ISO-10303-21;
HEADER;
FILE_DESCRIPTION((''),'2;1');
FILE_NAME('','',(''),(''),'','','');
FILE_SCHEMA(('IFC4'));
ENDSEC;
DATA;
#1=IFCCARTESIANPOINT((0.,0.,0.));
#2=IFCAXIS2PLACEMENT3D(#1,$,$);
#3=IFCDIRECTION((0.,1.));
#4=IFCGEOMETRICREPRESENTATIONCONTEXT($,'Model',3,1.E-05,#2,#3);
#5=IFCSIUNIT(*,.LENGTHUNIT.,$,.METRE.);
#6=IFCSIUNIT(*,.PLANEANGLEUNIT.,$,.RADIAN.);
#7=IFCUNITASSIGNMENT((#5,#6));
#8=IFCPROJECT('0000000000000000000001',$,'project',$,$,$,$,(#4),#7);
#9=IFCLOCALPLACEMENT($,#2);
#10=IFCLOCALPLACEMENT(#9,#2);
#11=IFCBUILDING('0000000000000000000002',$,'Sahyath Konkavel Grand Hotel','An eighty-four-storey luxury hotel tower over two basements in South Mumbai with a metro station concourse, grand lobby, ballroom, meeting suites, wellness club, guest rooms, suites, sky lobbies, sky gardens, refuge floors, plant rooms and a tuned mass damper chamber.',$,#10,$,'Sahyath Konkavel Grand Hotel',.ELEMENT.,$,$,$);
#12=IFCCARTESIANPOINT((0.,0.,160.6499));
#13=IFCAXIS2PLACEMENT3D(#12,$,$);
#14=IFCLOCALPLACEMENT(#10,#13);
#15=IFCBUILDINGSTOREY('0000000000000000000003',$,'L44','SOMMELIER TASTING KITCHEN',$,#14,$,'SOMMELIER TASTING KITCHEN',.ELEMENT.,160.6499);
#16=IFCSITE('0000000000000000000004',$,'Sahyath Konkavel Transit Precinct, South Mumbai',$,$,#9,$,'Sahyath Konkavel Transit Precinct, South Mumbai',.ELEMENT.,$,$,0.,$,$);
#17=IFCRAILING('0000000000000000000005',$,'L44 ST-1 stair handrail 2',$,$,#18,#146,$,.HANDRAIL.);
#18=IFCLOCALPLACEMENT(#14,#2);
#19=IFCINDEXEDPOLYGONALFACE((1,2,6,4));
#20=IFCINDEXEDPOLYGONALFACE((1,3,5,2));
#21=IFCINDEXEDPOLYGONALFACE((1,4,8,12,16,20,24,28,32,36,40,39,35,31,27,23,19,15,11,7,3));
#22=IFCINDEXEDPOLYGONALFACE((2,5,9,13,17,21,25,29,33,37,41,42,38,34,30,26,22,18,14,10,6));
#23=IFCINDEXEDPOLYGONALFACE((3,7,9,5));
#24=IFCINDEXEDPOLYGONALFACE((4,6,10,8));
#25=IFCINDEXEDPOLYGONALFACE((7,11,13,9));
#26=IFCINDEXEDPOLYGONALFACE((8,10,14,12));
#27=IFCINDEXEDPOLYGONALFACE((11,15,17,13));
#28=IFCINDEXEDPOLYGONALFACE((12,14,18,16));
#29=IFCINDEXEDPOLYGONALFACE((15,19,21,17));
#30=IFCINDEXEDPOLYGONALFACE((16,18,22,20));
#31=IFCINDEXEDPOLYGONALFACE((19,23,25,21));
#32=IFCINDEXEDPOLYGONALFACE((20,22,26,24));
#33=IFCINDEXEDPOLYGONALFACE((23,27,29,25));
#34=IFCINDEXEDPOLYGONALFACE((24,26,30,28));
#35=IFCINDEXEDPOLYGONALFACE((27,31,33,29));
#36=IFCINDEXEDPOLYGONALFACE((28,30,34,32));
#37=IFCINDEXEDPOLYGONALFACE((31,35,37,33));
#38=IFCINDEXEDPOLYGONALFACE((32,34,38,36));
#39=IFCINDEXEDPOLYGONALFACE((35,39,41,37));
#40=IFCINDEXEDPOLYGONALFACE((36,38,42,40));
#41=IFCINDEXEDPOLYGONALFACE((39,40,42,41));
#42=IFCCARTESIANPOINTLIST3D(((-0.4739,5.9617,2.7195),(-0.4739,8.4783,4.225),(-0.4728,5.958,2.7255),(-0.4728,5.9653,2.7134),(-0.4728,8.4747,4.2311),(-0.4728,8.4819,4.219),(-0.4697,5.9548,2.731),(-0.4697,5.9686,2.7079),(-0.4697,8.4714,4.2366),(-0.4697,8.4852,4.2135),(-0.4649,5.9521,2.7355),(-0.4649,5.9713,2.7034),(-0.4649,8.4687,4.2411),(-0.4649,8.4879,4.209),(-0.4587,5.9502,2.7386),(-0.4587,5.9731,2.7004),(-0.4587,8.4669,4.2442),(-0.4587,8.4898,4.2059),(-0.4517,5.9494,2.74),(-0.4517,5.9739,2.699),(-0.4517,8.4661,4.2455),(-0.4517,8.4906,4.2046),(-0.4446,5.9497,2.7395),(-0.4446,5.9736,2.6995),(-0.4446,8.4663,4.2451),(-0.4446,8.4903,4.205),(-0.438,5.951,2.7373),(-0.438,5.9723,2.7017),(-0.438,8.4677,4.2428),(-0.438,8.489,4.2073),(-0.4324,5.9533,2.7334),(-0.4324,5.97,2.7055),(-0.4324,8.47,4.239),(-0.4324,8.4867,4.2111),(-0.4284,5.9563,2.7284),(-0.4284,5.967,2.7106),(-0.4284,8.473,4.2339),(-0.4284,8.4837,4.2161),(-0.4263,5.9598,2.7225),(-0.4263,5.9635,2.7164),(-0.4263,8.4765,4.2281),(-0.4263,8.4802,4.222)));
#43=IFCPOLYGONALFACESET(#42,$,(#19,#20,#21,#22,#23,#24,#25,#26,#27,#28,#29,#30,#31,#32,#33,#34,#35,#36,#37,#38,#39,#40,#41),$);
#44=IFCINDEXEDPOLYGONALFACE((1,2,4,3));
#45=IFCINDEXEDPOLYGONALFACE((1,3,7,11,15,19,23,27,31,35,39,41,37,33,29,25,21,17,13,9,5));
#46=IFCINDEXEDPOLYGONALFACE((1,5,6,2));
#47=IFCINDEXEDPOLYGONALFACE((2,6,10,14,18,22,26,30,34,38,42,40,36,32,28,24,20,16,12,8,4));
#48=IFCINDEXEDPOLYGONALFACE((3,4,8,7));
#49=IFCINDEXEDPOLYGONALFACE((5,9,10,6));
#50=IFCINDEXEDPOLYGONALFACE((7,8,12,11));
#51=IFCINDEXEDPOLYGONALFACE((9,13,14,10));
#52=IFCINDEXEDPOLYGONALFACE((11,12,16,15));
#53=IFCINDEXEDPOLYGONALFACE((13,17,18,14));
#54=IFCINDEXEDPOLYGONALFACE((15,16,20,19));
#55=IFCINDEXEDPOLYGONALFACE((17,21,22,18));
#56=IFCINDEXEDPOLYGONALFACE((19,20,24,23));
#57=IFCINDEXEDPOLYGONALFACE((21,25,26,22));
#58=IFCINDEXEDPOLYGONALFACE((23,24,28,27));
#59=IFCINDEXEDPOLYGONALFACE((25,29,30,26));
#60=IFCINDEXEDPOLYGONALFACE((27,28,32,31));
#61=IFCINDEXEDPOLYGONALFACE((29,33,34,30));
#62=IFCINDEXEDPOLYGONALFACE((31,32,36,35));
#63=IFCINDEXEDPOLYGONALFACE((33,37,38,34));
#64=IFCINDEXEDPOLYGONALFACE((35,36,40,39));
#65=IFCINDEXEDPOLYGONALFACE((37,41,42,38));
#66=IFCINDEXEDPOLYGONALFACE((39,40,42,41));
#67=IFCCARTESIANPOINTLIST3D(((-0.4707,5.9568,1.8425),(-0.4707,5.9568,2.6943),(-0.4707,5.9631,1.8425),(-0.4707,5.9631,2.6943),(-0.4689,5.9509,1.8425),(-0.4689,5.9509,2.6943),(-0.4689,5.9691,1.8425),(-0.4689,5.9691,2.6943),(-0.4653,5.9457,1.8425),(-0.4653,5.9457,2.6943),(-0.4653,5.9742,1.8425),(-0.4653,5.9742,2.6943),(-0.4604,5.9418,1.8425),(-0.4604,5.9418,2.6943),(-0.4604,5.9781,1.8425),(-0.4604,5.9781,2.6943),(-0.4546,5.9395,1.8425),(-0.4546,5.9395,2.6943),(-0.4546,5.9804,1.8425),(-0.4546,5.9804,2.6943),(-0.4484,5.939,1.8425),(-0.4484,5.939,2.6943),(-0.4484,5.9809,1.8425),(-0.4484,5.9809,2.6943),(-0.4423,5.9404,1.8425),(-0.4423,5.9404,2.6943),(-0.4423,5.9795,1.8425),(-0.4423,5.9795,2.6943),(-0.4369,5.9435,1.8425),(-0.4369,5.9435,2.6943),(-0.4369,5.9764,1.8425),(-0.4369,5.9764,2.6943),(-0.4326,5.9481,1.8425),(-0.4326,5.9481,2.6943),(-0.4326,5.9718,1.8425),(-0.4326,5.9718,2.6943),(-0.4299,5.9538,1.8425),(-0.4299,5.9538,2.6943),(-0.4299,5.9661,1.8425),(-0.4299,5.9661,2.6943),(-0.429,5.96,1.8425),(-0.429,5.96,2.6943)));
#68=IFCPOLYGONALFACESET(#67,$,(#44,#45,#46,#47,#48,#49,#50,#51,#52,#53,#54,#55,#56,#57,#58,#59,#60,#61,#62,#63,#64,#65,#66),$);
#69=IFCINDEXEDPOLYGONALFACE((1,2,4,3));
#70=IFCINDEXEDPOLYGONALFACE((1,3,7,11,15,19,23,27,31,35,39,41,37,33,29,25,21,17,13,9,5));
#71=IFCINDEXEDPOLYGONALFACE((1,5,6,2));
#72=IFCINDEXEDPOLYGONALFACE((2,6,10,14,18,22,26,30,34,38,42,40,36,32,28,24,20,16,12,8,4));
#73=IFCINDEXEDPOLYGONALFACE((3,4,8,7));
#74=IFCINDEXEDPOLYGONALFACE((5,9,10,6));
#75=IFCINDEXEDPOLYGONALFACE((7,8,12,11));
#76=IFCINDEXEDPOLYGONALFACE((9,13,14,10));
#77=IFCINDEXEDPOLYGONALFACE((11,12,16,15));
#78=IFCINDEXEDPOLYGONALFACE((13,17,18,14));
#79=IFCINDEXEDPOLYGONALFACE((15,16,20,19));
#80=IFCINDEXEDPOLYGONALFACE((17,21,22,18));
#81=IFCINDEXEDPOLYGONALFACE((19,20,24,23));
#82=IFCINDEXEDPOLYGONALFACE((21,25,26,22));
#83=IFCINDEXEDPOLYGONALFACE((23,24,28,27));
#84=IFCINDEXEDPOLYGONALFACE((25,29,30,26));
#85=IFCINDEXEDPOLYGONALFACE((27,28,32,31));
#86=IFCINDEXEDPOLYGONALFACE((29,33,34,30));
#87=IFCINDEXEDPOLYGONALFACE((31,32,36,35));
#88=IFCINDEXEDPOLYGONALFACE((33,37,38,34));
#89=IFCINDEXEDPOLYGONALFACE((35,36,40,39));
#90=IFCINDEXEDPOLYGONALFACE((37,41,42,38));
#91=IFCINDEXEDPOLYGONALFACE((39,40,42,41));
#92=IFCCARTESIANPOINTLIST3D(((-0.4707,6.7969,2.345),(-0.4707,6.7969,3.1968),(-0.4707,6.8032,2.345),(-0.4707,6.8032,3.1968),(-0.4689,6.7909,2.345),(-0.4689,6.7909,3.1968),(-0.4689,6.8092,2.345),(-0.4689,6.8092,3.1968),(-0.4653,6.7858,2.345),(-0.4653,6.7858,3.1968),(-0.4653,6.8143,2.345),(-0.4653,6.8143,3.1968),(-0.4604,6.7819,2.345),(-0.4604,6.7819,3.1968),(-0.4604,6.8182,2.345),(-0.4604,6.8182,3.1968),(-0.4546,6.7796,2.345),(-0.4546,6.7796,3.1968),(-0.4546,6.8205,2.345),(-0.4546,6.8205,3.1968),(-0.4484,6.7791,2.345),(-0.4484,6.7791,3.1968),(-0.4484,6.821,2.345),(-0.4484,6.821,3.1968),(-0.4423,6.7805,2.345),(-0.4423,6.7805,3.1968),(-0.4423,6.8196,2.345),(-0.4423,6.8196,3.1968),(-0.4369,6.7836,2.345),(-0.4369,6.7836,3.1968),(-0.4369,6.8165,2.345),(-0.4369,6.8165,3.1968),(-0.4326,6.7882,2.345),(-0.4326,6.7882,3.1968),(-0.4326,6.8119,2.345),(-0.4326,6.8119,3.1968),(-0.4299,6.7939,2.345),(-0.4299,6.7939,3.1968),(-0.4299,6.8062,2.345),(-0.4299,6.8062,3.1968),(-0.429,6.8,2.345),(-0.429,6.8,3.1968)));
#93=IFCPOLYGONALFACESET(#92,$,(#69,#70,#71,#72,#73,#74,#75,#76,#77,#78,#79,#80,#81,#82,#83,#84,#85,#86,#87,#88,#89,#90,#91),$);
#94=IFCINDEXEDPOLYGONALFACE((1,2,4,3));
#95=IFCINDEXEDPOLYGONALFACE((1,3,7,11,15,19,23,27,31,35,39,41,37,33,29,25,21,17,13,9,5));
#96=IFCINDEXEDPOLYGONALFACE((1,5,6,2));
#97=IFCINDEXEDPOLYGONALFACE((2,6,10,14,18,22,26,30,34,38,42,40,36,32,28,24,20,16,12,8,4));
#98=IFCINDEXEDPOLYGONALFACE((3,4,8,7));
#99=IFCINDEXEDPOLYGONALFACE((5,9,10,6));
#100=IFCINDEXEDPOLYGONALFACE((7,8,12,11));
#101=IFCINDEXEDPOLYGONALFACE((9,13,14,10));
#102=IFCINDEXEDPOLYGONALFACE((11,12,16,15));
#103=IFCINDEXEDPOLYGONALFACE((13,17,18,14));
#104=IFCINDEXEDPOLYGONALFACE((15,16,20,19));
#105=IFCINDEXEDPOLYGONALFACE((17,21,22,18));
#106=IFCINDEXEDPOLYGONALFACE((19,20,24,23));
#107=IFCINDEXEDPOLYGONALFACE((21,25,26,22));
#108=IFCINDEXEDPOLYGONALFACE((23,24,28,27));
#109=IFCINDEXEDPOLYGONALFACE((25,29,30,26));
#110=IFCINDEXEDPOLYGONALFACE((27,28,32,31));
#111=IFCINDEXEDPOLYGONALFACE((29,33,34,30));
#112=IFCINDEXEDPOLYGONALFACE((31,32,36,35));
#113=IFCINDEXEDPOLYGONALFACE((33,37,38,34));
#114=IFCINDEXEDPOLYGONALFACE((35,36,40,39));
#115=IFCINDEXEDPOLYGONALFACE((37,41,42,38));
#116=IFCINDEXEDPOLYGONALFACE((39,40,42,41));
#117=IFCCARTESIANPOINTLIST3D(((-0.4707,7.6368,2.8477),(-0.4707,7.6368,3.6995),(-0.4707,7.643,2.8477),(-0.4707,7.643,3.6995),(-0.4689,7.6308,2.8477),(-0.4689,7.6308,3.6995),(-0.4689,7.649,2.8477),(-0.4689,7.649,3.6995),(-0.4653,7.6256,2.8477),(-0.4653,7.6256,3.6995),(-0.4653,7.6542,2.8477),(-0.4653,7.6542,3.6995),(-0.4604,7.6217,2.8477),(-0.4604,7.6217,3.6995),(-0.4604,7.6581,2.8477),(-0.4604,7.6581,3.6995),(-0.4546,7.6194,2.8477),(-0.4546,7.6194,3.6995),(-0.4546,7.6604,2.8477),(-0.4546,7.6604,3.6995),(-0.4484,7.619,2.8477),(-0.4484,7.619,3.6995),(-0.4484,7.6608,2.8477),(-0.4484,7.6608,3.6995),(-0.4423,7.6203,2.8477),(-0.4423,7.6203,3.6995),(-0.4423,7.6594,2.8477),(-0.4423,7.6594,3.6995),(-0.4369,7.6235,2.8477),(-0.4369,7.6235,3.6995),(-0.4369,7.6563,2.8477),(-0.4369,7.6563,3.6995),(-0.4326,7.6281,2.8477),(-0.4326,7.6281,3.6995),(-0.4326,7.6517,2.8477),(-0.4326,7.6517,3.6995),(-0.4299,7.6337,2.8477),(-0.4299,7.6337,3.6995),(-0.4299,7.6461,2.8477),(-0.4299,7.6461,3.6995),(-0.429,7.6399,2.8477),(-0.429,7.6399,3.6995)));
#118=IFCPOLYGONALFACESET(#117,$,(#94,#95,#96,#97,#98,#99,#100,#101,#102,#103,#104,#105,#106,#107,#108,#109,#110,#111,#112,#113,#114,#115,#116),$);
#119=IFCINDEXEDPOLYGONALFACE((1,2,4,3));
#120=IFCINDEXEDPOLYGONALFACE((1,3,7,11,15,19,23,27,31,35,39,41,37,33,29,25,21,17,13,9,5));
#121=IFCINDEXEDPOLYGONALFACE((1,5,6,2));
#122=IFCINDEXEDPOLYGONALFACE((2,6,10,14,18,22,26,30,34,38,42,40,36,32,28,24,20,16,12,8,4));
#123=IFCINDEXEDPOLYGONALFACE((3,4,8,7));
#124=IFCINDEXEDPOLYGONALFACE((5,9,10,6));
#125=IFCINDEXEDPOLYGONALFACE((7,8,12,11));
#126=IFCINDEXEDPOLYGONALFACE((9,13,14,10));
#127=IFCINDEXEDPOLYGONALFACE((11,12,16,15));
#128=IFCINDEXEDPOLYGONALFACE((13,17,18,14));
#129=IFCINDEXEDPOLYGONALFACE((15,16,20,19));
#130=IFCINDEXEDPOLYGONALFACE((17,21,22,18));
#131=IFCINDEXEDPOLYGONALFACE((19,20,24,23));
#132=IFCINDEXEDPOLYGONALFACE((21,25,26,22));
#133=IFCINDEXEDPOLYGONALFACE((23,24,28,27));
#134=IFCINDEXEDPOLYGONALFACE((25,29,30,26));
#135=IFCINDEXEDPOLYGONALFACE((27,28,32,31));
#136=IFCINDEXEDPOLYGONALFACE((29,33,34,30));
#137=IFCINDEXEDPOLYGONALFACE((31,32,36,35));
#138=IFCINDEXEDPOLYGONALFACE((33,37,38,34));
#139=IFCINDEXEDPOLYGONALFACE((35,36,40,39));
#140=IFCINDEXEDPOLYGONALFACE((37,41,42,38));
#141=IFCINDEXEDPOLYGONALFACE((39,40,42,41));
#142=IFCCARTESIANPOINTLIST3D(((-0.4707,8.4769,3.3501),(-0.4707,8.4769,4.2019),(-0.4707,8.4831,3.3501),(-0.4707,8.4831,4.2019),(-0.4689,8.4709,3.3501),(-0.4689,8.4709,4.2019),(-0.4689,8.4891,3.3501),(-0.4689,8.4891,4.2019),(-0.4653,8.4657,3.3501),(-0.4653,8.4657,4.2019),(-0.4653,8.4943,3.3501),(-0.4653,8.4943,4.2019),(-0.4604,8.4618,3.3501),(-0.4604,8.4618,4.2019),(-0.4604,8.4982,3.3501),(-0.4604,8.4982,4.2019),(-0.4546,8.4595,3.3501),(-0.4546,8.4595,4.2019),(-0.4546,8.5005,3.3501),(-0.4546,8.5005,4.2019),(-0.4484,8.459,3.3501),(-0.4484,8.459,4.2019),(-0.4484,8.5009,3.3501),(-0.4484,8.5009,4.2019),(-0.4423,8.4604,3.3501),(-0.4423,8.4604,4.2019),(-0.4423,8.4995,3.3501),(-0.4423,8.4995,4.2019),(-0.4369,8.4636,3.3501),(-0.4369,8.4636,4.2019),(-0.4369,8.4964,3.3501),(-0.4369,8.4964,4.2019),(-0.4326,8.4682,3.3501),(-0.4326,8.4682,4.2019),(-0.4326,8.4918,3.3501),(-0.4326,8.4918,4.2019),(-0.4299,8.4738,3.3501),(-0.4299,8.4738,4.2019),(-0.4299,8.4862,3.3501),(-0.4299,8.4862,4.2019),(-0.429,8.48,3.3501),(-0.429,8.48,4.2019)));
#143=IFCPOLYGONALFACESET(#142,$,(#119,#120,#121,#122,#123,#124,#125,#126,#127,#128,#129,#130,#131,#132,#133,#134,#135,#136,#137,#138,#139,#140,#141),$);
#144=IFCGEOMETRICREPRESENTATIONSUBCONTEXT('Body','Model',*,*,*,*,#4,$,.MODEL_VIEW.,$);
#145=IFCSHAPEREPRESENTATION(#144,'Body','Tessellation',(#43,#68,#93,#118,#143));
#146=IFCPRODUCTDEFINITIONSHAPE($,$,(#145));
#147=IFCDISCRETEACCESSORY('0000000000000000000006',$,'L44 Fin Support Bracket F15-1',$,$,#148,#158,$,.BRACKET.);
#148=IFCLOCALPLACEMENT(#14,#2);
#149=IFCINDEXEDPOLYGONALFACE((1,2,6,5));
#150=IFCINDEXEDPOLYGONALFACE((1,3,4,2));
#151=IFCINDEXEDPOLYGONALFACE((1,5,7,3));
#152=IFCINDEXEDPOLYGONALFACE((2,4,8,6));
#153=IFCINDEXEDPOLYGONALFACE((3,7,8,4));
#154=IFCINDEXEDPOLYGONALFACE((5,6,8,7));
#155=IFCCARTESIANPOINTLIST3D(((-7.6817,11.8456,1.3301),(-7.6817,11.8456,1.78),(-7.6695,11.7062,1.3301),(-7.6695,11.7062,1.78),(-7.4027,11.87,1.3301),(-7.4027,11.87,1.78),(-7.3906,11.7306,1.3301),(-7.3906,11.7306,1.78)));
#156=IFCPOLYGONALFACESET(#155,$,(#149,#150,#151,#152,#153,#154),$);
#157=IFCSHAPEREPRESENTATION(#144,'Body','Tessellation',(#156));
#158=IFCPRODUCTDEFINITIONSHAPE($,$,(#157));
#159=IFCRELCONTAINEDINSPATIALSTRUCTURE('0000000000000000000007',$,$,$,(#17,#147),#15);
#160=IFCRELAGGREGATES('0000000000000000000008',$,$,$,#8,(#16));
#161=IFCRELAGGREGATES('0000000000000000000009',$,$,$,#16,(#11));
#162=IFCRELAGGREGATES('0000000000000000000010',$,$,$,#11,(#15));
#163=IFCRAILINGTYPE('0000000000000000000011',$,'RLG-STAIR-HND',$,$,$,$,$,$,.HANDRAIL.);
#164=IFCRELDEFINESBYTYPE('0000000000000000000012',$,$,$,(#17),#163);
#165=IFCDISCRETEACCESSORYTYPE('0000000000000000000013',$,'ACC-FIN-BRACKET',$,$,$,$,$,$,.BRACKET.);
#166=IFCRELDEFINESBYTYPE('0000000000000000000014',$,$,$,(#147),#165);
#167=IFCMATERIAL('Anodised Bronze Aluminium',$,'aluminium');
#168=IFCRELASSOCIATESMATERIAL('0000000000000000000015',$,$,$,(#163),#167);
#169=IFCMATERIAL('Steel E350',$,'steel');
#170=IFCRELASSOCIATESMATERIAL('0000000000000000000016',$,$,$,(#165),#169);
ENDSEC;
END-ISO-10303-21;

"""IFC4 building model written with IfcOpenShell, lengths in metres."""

from ifc_helpers import new_model, si_unit, direction, frame, origin, origin_2d, place, context, subcontext, project, spatial, rectangle, circle, extrude, source, transform, mapped, material, type_object, element, save


model = new_model("IFC4")

# Units and contexts
model_context = context("Model", 3, precision=1e-05, world=origin(), true_north=direction((0.0, 1.0)))
body_context = subcontext(model_context, "Body", "Model", "MODEL_VIEW")
ifc_project = project(units=[si_unit("LENGTHUNIT", "METRE"), si_unit("PLANEANGLEUNIT", "RADIAN")], contexts=[model_context])

# Site, building, storey
site_placement = place(None, origin())
site = spatial("IfcSite", under=ifc_project, at=site_placement, Name="Sahyath Konkavel Transit Precinct, South Mumbai", LongName="Sahyath Konkavel Transit Precinct, South Mumbai", CompositionType="ELEMENT", RefElevation=0.0)
building_placement = place(site_placement, origin())
building = spatial("IfcBuilding", under=site, at=building_placement, Name="Sahyath Konkavel Grand Hotel", Description="An eighty-four-storey luxury hotel tower over two basements in South Mumbai with a metro station concourse, grand lobby, ballroom, meeting suites, wellness club, guest rooms, suites, sky lobbies, sky gardens, refuge floors, plant rooms and a tuned mass damper chamber.", LongName="Sahyath Konkavel Grand Hotel", CompositionType="ELEMENT")
storey_placement = place(building_placement, frame((0.0, 0.0, 160.6499)))
storey = spatial("IfcBuildingStorey", under=building, at=storey_placement, Name="L44", Description="SOMMELIER TASTING KITCHEN", LongName="SOMMELIER TASTING KITCHEN", CompositionType="ELEMENT", Elevation=160.6499)

# Shared definitions
ifc_material_1 = material(Name="Steel E350", Category="steel")

# Shared definitions
ifc_material_2 = material(Name="Anodised Bronze Aluminium", Category="aluminium")

# Railing
railing_type_1 = type_object("IfcRailingType", Name="RLG-STAIR-HND", PredefinedType="HANDRAIL", material=ifc_material_2)
railing_1_placement = place(storey_placement, frame((-0.45, 5.96, 1.8425)))
element("IfcRailing", 1, at=railing_1_placement, inside=storey, type_object=railing_type_1, Name="L44 ST-1 stair handrail 2", PredefinedType="HANDRAIL", context=body_context, shape_type="SweptSolid", body=[
    extrude(circle(Radius=0.0239, at=origin_2d()), frame((0.0, 0.0017, 0.877), z_axis=(0.0, 0.85816, 0.513383), x_axis=(-1.0, 0.0, 0.0)), (0.0, 0.0, 1.0), 2.9326),
    extrude(circle(Radius=0.021, at=origin_2d()), origin(), (0.0, 0.0, 1.0), 0.8518),
    extrude(circle(Radius=0.021, at=origin_2d()), frame((0.0, 0.8401, 0.5024)), (0.0, 0.0, 1.0), 0.8518),
    extrude(circle(Radius=0.021, at=origin_2d()), frame((0.0, 1.6799, 1.0051)), (0.0, 0.0, 1.0), 0.8518),
    extrude(circle(Radius=0.021, at=origin_2d()), frame((0.0, 2.52, 1.5076)), (0.0, 0.0, 1.0), 0.8518),
])

# Discrete accessory
discrete_accessory_type = type_object("IfcDiscreteAccessoryType", Name="ACC-FIN-BRACKET", PredefinedType="BRACKET", material=ifc_material_1)
shared_shape_1 = source(origin(), body_context, "Body", "SweptSolid", [
    extrude(rectangle(XDim=0.28, YDim=0.1399, at=origin_2d()), origin(), (0.0, 0.0, 1.0), 0.45),
])
discrete_accessory_placement = place(storey_placement, frame((-7.5361, 11.7881, 1.3301), z_axis=(0.0, 0.0, 1.0), x_axis=(-0.996195, -0.087156, 0.0)))
element("IfcDiscreteAccessory", 2, at=discrete_accessory_placement, inside=storey, type_object=discrete_accessory_type, Name="L44 Fin Support Bracket F15-1", PredefinedType="BRACKET", context=body_context, shape_type="MappedRepresentation", body=[
    mapped(shared_shape_1, transform((0.0, 0.0, 0.0), scale=1.0)),
])

save(model, "model.ifc")
